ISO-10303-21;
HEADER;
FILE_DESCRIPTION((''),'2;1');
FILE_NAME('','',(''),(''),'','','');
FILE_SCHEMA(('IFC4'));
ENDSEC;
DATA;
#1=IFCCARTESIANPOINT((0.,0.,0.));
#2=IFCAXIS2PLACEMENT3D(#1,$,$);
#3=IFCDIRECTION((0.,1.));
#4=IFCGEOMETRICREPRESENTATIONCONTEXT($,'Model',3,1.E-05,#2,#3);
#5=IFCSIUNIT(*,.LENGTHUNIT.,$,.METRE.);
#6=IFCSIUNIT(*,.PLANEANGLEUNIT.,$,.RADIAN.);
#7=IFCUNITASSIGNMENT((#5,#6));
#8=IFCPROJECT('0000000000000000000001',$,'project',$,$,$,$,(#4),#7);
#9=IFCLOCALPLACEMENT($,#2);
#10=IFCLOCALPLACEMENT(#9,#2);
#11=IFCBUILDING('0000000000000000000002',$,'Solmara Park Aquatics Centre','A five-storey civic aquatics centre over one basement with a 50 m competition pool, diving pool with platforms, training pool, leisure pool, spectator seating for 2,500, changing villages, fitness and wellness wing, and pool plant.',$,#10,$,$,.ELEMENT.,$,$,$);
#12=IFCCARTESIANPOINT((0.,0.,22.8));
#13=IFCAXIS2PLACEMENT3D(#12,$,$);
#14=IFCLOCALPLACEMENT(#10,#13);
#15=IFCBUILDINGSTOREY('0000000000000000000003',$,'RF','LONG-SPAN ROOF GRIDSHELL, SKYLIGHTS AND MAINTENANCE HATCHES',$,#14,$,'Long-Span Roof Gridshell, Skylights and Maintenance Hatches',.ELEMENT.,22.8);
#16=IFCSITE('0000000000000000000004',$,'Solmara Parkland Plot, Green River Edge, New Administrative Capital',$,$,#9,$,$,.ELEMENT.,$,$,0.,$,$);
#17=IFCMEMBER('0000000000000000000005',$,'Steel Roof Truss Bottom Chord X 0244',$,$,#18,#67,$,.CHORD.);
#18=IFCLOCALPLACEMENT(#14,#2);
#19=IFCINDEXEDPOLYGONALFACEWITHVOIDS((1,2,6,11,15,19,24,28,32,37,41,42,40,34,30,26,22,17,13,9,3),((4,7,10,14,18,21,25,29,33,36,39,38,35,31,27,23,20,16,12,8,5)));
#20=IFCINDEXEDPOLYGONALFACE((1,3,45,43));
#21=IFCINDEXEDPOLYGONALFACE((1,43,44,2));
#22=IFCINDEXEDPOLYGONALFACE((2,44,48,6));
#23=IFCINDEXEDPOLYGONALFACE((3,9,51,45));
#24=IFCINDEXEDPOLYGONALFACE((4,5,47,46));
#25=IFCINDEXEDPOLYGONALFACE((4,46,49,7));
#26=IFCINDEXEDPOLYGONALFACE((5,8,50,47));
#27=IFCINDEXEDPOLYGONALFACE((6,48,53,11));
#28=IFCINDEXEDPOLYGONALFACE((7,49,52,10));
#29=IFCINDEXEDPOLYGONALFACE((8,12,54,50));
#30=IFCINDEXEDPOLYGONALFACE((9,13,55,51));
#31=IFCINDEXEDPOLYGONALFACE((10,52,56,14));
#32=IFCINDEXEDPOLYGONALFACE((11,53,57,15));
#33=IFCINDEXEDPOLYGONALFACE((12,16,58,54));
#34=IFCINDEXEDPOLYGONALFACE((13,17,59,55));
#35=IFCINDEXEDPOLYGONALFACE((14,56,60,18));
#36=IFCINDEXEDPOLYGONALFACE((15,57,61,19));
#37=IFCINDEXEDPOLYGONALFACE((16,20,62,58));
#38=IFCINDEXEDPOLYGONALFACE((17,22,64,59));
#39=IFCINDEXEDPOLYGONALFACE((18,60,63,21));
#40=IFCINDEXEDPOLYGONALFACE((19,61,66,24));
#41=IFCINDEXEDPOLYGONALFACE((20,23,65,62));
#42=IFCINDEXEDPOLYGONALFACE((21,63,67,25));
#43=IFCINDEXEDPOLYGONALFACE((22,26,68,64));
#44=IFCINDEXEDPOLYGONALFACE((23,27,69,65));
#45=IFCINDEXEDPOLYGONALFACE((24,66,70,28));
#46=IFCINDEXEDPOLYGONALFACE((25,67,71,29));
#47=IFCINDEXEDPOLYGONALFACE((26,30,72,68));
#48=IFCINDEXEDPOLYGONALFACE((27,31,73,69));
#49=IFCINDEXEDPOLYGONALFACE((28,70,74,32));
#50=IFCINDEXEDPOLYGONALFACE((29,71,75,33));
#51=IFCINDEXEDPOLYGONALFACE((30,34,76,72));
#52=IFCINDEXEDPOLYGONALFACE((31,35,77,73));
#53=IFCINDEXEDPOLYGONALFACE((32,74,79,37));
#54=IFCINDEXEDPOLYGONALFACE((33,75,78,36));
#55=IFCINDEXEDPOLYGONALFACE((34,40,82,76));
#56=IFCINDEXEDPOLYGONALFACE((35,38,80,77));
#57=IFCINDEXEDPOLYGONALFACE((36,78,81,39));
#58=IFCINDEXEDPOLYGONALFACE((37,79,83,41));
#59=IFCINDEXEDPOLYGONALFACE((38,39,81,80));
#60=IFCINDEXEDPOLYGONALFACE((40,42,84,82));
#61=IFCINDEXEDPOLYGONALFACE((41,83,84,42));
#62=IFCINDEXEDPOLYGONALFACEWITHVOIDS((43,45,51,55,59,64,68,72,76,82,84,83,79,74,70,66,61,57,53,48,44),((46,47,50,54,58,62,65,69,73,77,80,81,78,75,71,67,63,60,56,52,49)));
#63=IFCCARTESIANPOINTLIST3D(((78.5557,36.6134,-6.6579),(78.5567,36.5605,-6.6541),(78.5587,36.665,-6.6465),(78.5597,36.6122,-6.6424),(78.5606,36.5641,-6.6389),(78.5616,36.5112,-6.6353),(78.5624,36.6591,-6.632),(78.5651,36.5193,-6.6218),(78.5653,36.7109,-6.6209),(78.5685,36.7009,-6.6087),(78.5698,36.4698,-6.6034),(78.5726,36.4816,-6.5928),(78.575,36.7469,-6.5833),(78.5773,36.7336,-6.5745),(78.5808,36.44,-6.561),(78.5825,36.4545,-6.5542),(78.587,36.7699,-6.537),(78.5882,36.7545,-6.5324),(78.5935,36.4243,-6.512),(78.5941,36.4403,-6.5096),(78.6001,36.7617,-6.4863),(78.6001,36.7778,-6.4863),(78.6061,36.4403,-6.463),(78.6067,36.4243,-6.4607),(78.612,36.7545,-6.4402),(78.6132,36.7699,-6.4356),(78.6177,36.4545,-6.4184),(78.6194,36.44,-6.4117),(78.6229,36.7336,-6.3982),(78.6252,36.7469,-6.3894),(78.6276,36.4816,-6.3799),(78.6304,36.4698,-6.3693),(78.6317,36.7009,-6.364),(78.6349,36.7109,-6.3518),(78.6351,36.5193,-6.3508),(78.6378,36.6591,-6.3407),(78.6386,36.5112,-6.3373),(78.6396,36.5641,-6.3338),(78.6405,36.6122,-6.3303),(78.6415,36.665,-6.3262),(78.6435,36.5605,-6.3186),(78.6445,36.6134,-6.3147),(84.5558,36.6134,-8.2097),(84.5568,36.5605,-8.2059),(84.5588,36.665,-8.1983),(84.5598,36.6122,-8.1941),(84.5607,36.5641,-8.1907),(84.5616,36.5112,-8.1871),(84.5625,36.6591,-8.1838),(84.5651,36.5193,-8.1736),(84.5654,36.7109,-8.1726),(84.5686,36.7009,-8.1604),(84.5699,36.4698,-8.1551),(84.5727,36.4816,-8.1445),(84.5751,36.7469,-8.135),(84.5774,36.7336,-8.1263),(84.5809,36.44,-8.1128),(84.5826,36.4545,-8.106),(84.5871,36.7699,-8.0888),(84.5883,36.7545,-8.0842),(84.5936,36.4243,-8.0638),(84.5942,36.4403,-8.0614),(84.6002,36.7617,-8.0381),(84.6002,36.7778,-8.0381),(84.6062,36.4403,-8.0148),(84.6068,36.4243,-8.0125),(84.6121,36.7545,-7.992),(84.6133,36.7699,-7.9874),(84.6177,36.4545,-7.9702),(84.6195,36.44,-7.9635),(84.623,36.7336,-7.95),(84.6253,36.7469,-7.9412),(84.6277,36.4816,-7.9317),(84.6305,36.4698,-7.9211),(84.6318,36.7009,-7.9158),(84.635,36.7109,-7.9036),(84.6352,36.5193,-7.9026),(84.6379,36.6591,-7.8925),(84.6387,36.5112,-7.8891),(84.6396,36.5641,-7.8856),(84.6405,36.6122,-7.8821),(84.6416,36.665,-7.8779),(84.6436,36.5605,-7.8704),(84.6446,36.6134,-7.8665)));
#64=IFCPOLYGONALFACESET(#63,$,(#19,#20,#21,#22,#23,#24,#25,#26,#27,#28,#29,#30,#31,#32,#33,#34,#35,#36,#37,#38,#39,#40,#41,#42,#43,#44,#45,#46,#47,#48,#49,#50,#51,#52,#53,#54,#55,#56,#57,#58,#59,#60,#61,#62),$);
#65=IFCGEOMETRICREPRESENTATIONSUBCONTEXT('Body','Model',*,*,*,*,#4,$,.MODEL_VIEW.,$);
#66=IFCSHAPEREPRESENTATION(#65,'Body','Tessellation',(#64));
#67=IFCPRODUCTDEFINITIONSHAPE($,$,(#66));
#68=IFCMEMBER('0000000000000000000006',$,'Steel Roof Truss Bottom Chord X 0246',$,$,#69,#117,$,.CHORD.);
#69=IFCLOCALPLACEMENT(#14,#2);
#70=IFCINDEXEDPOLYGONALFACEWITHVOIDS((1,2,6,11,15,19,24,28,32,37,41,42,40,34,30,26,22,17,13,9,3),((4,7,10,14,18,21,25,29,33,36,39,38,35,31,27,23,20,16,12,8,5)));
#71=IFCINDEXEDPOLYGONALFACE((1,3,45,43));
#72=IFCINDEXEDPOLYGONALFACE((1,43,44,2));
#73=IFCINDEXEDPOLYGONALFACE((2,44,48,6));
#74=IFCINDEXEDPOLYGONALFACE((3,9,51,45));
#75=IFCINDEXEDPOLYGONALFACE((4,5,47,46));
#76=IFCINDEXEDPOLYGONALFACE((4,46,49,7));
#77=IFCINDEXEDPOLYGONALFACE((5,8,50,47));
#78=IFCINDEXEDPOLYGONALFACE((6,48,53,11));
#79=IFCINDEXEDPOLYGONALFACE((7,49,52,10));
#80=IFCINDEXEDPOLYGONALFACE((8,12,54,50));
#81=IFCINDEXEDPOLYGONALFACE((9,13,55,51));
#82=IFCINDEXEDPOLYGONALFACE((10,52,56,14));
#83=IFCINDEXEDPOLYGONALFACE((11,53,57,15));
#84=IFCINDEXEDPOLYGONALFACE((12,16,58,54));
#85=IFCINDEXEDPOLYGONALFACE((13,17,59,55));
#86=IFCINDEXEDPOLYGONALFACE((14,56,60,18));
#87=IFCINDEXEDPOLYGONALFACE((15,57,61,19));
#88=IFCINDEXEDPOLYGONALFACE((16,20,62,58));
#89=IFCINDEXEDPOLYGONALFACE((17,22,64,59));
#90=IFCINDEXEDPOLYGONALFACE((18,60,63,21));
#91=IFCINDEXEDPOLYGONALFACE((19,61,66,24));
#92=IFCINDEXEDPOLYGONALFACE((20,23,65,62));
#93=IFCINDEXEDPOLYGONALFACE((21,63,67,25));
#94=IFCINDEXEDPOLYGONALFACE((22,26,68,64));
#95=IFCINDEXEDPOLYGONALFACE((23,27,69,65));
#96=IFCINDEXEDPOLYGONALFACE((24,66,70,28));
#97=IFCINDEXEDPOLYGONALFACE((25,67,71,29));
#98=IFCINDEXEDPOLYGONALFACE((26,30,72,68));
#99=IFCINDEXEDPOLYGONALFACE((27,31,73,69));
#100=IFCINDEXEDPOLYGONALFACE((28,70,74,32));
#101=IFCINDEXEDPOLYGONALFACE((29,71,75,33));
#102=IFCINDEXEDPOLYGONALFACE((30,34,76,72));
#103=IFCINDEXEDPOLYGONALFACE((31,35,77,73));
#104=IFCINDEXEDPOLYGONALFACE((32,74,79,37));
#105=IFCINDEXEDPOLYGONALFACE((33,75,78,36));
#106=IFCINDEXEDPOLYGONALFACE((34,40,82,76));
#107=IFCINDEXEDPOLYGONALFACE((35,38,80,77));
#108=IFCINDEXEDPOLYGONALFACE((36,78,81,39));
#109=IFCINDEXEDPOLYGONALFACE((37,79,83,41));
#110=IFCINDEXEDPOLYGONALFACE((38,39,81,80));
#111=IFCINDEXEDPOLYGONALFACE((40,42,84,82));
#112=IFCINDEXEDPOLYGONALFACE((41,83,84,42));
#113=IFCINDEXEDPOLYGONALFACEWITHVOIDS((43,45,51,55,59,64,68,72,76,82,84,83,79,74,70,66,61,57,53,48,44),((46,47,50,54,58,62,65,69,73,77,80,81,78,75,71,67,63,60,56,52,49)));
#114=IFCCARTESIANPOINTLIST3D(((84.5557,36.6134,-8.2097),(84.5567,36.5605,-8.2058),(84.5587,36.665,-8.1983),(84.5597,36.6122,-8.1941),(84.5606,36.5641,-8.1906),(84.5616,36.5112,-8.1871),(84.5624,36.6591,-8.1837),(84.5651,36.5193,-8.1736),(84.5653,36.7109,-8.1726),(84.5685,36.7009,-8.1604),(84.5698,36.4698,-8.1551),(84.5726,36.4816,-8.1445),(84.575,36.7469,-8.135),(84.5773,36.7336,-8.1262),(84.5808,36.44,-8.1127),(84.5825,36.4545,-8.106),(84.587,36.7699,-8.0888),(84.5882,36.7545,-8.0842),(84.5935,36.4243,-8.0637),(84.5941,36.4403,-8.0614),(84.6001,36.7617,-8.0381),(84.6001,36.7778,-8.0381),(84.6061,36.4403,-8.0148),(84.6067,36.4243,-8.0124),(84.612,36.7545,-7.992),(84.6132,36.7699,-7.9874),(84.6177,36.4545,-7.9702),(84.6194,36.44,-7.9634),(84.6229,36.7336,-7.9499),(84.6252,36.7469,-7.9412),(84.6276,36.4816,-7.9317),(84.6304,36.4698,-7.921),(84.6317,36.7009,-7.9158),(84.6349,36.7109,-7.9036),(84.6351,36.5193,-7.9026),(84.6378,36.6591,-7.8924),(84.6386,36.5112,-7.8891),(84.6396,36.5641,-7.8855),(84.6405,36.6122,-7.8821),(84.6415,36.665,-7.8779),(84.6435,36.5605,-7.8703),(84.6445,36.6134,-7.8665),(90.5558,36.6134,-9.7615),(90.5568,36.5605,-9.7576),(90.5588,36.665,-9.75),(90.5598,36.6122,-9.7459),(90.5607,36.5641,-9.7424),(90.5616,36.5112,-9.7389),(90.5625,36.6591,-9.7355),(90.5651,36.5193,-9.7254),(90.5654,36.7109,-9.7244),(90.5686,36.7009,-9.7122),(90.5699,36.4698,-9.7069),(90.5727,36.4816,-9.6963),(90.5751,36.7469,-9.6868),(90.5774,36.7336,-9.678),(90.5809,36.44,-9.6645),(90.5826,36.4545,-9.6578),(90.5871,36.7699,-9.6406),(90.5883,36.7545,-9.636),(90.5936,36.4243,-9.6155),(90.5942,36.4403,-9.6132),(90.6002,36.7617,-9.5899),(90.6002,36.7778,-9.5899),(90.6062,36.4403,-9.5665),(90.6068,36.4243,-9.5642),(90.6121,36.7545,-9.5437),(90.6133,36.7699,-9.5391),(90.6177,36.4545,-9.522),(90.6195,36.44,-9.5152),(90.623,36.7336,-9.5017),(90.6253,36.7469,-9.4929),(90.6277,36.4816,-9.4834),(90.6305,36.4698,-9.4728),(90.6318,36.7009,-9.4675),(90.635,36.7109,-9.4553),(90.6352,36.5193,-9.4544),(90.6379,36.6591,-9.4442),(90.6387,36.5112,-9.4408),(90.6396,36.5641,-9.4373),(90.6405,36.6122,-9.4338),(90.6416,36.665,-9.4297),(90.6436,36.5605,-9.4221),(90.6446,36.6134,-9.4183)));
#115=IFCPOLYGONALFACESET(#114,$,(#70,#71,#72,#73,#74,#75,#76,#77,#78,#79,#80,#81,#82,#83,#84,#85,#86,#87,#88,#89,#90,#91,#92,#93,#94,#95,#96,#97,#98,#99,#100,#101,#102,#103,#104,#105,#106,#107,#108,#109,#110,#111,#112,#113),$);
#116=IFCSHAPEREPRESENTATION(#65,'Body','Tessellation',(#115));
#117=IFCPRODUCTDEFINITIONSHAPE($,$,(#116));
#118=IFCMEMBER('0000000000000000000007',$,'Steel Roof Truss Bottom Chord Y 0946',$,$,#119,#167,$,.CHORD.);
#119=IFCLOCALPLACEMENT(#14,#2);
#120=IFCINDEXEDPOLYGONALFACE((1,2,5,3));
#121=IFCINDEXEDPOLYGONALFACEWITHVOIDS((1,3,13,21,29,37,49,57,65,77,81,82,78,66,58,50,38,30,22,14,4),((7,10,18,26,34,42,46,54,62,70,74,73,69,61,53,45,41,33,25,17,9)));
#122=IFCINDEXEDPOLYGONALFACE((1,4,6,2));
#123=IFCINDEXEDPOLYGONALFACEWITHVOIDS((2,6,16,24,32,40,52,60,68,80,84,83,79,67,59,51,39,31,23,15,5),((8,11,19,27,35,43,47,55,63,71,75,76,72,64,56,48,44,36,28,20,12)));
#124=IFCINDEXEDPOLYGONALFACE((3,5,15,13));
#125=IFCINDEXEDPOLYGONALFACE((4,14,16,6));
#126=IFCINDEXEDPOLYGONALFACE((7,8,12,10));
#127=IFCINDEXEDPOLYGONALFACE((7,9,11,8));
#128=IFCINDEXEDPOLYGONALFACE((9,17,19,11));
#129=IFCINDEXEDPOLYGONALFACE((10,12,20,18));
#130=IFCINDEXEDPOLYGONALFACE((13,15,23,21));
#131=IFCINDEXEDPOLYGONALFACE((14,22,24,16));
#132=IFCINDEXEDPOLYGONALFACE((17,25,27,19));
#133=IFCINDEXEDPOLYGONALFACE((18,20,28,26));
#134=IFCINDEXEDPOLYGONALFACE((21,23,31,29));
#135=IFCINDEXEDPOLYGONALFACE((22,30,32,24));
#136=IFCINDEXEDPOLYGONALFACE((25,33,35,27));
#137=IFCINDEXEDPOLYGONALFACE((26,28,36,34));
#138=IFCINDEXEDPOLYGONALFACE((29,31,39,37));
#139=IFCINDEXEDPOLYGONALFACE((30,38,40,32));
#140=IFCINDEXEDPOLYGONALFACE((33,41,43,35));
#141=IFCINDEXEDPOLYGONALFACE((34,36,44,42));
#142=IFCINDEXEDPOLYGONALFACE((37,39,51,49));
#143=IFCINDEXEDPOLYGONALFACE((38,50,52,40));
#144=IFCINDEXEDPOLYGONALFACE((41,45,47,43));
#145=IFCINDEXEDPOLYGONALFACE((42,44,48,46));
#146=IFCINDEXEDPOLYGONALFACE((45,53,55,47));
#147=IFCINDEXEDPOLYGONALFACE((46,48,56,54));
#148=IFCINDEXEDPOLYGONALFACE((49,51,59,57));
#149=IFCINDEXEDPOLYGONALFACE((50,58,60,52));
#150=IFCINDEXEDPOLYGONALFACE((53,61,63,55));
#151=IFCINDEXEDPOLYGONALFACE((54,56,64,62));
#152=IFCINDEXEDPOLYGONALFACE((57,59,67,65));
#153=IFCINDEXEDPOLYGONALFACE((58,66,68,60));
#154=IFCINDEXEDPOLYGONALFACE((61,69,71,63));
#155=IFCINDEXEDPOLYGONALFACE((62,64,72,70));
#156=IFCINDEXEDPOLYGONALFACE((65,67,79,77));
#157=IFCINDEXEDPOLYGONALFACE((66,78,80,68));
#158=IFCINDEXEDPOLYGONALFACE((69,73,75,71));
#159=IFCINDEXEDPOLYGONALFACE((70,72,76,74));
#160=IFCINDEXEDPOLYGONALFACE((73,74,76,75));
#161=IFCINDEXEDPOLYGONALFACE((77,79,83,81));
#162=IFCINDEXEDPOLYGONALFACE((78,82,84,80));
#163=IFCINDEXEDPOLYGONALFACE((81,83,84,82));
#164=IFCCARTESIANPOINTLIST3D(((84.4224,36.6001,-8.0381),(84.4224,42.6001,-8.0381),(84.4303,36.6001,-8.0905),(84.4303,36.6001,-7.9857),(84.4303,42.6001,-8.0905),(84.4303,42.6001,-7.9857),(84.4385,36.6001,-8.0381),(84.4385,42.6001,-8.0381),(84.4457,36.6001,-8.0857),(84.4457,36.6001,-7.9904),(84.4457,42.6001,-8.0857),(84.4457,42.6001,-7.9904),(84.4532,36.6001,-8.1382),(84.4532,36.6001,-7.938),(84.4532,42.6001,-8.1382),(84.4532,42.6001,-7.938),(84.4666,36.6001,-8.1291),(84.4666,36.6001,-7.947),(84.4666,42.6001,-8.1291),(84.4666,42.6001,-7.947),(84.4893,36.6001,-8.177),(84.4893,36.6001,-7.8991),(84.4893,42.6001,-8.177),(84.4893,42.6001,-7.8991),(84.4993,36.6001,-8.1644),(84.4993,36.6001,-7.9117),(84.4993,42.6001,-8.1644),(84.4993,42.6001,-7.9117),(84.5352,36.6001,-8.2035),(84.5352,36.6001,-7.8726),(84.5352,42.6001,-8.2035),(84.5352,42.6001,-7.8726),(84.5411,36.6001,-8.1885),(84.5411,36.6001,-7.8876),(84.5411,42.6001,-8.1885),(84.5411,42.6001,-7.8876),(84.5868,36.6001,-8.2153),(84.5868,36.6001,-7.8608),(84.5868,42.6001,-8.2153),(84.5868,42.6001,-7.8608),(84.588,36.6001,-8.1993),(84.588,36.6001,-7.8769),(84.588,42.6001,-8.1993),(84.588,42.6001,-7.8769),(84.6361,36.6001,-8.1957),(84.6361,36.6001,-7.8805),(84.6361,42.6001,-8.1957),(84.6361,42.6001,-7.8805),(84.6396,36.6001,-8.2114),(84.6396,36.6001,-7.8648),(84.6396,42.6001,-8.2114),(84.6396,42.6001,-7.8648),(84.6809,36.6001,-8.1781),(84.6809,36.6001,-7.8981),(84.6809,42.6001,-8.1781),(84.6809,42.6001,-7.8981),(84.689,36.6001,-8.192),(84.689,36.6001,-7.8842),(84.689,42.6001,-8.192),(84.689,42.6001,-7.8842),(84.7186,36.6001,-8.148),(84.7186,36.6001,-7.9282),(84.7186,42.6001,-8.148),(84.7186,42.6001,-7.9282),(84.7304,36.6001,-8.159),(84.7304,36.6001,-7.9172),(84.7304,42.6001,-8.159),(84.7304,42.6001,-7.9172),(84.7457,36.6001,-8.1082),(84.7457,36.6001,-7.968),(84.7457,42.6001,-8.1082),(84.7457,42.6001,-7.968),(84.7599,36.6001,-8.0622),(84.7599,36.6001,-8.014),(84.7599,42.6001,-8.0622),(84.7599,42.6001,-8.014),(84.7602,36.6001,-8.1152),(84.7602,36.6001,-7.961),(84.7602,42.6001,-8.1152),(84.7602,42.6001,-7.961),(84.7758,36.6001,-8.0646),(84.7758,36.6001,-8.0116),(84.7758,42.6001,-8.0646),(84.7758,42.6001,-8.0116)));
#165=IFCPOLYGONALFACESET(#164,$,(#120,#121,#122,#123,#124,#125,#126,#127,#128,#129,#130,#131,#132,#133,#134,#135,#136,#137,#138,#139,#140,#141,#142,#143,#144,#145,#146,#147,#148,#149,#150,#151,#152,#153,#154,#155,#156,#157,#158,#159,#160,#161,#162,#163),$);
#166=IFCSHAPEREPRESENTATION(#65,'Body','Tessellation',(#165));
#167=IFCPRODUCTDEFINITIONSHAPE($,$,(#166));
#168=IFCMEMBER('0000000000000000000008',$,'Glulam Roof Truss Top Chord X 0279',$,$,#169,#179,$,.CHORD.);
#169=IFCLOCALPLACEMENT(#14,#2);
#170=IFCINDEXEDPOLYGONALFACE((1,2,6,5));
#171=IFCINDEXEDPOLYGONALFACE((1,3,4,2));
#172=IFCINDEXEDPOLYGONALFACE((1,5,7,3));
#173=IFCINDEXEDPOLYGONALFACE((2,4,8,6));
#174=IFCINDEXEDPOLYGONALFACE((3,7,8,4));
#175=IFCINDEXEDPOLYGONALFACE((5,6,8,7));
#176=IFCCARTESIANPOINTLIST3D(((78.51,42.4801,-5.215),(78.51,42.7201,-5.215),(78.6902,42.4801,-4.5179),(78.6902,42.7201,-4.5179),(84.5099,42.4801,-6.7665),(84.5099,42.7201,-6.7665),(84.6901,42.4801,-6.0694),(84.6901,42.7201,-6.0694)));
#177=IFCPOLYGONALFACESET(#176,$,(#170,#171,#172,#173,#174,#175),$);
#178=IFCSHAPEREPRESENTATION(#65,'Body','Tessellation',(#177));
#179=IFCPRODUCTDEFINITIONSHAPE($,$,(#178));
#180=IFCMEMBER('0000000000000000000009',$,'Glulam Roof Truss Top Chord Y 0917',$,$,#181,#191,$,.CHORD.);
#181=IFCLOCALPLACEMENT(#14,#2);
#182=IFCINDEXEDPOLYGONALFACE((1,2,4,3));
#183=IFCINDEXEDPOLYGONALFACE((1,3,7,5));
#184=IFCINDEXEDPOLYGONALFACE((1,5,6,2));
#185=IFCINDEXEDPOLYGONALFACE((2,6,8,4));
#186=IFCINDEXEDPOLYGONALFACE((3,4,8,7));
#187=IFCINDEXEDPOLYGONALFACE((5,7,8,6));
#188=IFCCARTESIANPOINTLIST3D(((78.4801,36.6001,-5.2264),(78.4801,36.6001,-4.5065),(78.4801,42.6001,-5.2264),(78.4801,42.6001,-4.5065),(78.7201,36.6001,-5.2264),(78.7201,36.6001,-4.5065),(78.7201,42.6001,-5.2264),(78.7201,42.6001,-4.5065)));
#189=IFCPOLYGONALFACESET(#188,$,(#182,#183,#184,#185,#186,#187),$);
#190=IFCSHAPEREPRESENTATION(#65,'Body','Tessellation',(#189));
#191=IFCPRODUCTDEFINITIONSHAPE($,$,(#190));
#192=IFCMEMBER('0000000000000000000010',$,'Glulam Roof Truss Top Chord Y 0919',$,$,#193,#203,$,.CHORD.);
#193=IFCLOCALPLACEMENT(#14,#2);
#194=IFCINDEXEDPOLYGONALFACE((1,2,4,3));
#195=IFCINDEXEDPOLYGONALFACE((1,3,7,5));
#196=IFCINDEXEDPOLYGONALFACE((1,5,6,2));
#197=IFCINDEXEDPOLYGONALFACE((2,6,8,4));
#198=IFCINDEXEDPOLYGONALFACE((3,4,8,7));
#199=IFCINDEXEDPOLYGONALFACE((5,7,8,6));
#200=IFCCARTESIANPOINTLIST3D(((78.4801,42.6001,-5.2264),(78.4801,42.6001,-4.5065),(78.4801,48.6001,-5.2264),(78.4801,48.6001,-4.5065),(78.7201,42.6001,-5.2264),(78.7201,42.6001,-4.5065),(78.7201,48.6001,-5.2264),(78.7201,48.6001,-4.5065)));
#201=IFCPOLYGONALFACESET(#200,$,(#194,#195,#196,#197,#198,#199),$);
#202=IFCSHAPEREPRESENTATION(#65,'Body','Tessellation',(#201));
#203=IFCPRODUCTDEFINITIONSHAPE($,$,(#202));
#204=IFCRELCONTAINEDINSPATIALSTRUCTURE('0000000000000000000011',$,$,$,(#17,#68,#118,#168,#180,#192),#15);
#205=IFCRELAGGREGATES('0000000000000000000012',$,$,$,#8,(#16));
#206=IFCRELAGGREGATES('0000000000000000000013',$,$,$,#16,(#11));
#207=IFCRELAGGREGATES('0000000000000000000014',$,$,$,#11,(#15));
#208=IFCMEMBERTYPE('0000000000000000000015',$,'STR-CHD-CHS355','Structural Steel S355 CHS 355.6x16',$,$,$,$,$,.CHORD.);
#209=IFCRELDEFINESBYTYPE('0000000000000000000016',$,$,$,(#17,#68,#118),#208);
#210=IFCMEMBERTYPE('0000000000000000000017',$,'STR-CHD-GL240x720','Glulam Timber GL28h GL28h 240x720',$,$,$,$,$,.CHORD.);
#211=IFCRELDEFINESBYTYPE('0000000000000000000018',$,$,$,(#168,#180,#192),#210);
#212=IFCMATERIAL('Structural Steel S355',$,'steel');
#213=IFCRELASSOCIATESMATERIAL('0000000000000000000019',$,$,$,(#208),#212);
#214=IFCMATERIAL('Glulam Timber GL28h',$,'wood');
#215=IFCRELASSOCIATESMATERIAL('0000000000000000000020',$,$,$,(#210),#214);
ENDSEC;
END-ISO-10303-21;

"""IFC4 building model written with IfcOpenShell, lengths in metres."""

from ifc_helpers import new_model, si_unit, direction, frame, origin, origin_2d, place, context, subcontext, project, spatial, rectangle, hollow_circle, extrude, material, material_profile, profile_set, type_object, element, save


model = new_model("IFC4")

# Units and contexts
model_context = context("Model", 3, precision=1e-05, world=origin(), true_north=direction((0.0, 1.0)))
body_context = subcontext(model_context, "Body", "Model", "MODEL_VIEW")
ifc_project = project(units=[si_unit("LENGTHUNIT", "METRE"), si_unit("PLANEANGLEUNIT", "RADIAN")], contexts=[model_context])

# Site, building, storey
site_placement = place(None, origin())
site = spatial("IfcSite", under=ifc_project, at=site_placement, Name="Solmara Parkland Plot, Green River Edge, New Administrative Capital", CompositionType="ELEMENT", RefElevation=0.0)
building_placement = place(site_placement, origin())
building = spatial("IfcBuilding", under=site, at=building_placement, Name="Solmara Park Aquatics Centre", Description="A five-storey civic aquatics centre over one basement with a 50 m competition pool, diving pool with platforms, training pool, leisure pool, spectator seating for 2,500, changing villages, fitness and wellness wing, and pool plant.", CompositionType="ELEMENT")
storey_placement = place(building_placement, frame((0.0, 0.0, 22.8)))
storey = spatial("IfcBuildingStorey", under=building, at=storey_placement, Name="RF", Description="LONG-SPAN ROOF GRIDSHELL, SKYLIGHTS AND MAINTENANCE HATCHES", LongName="Long-Span Roof Gridshell, Skylights and Maintenance Hatches", CompositionType="ELEMENT", Elevation=22.8)

# Members
ifc_material_1 = material(Name="Structural Steel S355", Category="steel")
ifc_material_profile_1 = material_profile(ifc_material_1, hollow_circle(Radius=0.1777, WallThickness=0.0161, at=origin_2d()), Name="CHS 355.6x16")
ifc_profile_set_1 = profile_set([ifc_material_profile_1], Name="Structural Steel S355")
member_type_1 = type_object("IfcMemberType", Name="STR-CHD-CHS355", Description="Structural Steel S355 CHS 355.6x16", PredefinedType="CHORD", material=ifc_profile_set_1)
for number, where, z_axis, x_axis, name in (
    (1, (78.6001, 36.6001, -6.4863), (0.968146, 0.0, -0.250388), (0.0, 1.0, 0.0), "Steel Roof Truss Bottom Chord X 0244"),
    (2, (84.6001, 36.6001, -8.0381), (0.968146, 0.0, -0.250388), (0.0, 1.0, 0.0), "Steel Roof Truss Bottom Chord X 0246"),
):
    element("IfcMember", number, at=place(storey_placement, frame(where, z_axis=z_axis, x_axis=x_axis)), inside=storey, type_object=member_type_1, Name=name, PredefinedType="CHORD", context=body_context, shape_type="SweptSolid", body=[
        extrude(hollow_circle(Radius=0.1777, WallThickness=0.0161, at=origin_2d()), origin(), (0.0, 0.0, 1.0), 6.1975),
    ])
member_1_placement = place(storey_placement, frame((84.6001, 36.6001, -8.0381), z_axis=(0.0, 1.0, 0.0), x_axis=(-1.0, 0.0, 0.0)))
element("IfcMember", 3, at=member_1_placement, inside=storey, type_object=member_type_1, Name="Steel Roof Truss Bottom Chord Y 0946", PredefinedType="CHORD", context=body_context, shape_type="SweptSolid", body=[
    extrude(hollow_circle(Radius=0.1777, WallThickness=0.0161, at=origin_2d()), origin(), (0.0, 0.0, 1.0), 6.0),
])
ifc_material_2 = material(Name="Glulam Timber GL28h", Category="wood")
ifc_material_profile_2 = material_profile(ifc_material_2, rectangle(XDim=0.24, YDim=0.72, at=origin_2d()), Name="GL28h 240x720")
ifc_profile_set_2 = profile_set([ifc_material_profile_2], Name="Glulam Timber GL28h")
member_type_2 = type_object("IfcMemberType", Name="STR-CHD-GL240x720", Description="Glulam Timber GL28h GL28h 240x720", PredefinedType="CHORD", material=ifc_profile_set_2)
member_2_placement = place(storey_placement, frame((78.6001, 42.6001, -4.8665), z_axis=(0.968155, 0.0, -0.250351), x_axis=(0.0, 1.0, 0.0)))
element("IfcMember", 4, at=member_2_placement, inside=storey, type_object=member_type_2, Name="Glulam Roof Truss Top Chord X 0279", PredefinedType="CHORD", context=body_context, shape_type="SweptSolid", body=[
    extrude(rectangle(XDim=0.24, YDim=0.72, at=origin_2d()), origin(), (0.0, 0.0, 1.0), 6.1973),
])
for number, where, z_axis, x_axis, name in (
    (5, (78.6001, 36.6001, -4.8665), (0.0, 1.0, 0.0), (-1.0, 0.0, 0.0), "Glulam Roof Truss Top Chord Y 0917"),
    (6, (78.6001, 42.6001, -4.8665), (0.0, 1.0, 0.0), (-1.0, 0.0, 0.0), "Glulam Roof Truss Top Chord Y 0919"),
):
    element("IfcMember", number, at=place(storey_placement, frame(where, z_axis=z_axis, x_axis=x_axis)), inside=storey, type_object=member_type_2, Name=name, PredefinedType="CHORD", context=body_context, shape_type="SweptSolid", body=[
        extrude(rectangle(XDim=0.24, YDim=0.72, at=origin_2d()), origin(), (0.0, 0.0, 1.0), 6.0),
    ])

save(model, "model.ifc")
